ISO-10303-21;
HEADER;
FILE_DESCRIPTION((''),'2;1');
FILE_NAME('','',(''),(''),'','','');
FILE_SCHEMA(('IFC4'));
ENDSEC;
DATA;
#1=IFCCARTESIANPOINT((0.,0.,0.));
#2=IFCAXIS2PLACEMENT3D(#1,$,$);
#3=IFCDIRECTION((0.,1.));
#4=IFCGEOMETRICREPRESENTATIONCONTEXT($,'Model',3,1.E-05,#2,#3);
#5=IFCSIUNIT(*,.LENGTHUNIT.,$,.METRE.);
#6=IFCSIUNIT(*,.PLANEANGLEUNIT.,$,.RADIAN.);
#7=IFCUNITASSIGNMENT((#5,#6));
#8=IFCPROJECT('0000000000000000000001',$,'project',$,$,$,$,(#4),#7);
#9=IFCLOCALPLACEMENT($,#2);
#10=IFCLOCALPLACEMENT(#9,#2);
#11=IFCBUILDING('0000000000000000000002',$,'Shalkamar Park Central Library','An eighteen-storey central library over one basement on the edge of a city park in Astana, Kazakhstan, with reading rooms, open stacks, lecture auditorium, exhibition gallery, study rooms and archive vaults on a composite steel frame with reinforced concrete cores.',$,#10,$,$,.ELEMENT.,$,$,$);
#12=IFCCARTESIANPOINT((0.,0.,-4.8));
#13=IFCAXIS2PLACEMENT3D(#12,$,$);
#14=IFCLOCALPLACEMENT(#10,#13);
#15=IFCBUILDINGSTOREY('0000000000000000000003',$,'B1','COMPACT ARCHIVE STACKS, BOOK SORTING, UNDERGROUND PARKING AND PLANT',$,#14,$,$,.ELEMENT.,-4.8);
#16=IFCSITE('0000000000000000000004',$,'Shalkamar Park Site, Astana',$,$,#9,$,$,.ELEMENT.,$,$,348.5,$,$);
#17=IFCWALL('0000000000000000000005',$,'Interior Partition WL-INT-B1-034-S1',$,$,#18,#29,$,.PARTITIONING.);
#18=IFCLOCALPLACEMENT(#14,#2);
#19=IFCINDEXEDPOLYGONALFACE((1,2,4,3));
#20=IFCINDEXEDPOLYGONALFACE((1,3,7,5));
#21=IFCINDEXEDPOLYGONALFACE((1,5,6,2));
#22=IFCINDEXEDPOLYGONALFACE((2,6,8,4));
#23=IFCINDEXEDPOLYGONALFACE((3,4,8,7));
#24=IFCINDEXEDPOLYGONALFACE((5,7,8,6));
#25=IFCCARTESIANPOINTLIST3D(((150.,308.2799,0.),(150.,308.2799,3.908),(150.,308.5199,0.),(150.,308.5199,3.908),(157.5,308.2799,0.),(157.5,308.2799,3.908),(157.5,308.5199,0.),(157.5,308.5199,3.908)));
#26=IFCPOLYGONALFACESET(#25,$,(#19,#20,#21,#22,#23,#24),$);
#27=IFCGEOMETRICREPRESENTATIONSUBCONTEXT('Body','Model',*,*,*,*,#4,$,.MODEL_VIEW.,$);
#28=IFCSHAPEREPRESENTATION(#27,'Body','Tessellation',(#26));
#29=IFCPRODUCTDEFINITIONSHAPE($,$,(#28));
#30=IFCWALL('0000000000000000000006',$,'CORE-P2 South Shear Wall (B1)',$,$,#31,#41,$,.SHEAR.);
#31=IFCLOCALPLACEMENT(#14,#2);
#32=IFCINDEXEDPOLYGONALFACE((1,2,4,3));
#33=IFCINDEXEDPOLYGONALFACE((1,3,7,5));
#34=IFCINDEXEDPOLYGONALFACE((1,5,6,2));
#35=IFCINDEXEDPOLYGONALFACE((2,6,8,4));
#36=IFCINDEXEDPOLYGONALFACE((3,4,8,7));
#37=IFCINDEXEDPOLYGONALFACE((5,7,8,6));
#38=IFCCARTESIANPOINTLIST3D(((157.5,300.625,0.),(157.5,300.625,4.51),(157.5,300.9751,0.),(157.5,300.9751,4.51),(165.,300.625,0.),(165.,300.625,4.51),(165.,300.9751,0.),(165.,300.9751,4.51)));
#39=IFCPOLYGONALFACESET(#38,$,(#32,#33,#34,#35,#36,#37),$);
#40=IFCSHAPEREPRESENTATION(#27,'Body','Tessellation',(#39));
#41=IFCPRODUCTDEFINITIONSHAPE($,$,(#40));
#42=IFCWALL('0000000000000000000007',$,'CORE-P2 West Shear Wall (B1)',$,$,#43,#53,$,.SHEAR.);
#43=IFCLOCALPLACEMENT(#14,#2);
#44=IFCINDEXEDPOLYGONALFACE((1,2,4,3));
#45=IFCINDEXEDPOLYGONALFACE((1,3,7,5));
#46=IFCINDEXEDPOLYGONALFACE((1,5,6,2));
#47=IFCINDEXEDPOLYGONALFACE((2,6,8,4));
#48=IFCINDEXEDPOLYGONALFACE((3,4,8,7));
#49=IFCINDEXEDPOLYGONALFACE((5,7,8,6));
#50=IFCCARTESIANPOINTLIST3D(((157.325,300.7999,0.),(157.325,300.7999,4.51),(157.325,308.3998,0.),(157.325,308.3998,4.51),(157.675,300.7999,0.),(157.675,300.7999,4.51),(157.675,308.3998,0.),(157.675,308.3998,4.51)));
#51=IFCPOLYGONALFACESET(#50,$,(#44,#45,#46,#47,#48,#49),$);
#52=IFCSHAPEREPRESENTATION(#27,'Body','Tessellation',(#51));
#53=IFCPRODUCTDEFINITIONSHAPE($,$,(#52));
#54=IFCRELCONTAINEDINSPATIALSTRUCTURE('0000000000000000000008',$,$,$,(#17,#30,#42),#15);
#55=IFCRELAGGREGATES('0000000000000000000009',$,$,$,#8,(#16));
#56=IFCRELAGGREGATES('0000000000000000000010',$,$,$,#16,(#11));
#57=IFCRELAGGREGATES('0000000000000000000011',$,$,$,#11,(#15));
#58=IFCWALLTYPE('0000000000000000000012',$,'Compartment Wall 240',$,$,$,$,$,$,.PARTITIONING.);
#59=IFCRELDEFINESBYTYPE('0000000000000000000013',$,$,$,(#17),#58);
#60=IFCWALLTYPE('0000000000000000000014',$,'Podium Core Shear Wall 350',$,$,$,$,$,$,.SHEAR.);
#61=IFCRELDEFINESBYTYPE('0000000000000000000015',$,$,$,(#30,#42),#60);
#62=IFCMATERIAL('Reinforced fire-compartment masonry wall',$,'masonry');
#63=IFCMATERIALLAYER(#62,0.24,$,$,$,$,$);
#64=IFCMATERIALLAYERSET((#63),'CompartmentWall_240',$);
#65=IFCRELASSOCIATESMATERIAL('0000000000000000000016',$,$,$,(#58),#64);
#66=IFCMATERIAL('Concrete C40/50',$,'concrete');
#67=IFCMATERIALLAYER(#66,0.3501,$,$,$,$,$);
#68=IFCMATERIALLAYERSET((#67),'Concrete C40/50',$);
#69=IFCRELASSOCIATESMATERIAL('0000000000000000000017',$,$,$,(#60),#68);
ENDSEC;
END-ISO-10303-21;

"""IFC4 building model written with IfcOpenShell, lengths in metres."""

from ifc_helpers import new_model, si_unit, direction, frame, frame_2d, origin, place, context, subcontext, project, spatial, rectangle, extrude, material, layer, layer_set, type_object, element, save


model = new_model("IFC4")

# Units and contexts
model_context = context("Model", 3, precision=1e-05, world=origin(), true_north=direction((0.0, 1.0)))
body_context = subcontext(model_context, "Body", "Model", "MODEL_VIEW")
ifc_project = project(units=[si_unit("LENGTHUNIT", "METRE"), si_unit("PLANEANGLEUNIT", "RADIAN")], contexts=[model_context])

# Site, building, storey
site_placement = place(None, origin())
site = spatial("IfcSite", under=ifc_project, at=site_placement, Name="Shalkamar Park Site, Astana", CompositionType="ELEMENT", RefElevation=348.5)
building_placement = place(site_placement, origin())
building = spatial("IfcBuilding", under=site, at=building_placement, Name="Shalkamar Park Central Library", Description="An eighteen-storey central library over one basement on the edge of a city park in Astana, Kazakhstan, with reading rooms, open stacks, lecture auditorium, exhibition gallery, study rooms and archive vaults on a composite steel frame with reinforced concrete cores.", CompositionType="ELEMENT")
storey_placement = place(building_placement, frame((0.0, 0.0, -4.8)))
storey = spatial("IfcBuildingStorey", under=building, at=storey_placement, Name="B1", Description="COMPACT ARCHIVE STACKS, BOOK SORTING, UNDERGROUND PARKING AND PLANT", CompositionType="ELEMENT", Elevation=-4.8)

# Shared definitions
ifc_material_1 = material(Name="Concrete C40/50", Category="concrete")

# Walls
ifc_material_2 = material(Name="Reinforced fire-compartment masonry wall", Category="masonry")
ifc_layer_1 = layer(ifc_material_2, 0.24)
ifc_layer_set_1 = layer_set([ifc_layer_1], Name="CompartmentWall_240")
wall_type_1 = type_object("IfcWallType", Name="Compartment Wall 240", PredefinedType="PARTITIONING", material=ifc_layer_set_1)
wall_1_placement = place(storey_placement, frame((150.0, 308.3999, 0.0), z_axis=(0.0, 0.0, 1.0), x_axis=(1.0, 0.0, 0.0)))
element("IfcWall", 1, at=wall_1_placement, inside=storey, type_object=wall_type_1, Name="Interior Partition WL-INT-B1-034-S1", PredefinedType="PARTITIONING", context=body_context, shape_type="SweptSolid", body=[
    extrude(rectangle(XDim=7.5, YDim=0.24, at=frame_2d((3.75, 0.0))), origin(), (0.0, 0.0, 1.0), 3.908),
])
ifc_layer_2 = layer(ifc_material_1, 0.3501)
ifc_layer_set_2 = layer_set([ifc_layer_2], Name="Concrete C40/50")
wall_type_2 = type_object("IfcWallType", Name="Podium Core Shear Wall 350", PredefinedType="SHEAR", material=ifc_layer_set_2)
wall_2_placement = place(storey_placement, frame((157.5, 300.8, 0.0), z_axis=(0.0, 0.0, 1.0), x_axis=(1.0, 0.0, 0.0)))
element("IfcWall", 2, at=wall_2_placement, inside=storey, type_object=wall_type_2, Name="CORE-P2 South Shear Wall (B1)", PredefinedType="SHEAR", context=body_context, shape_type="SweptSolid", body=[
    extrude(rectangle(XDim=7.5, YDim=0.3501, at=frame_2d((3.75, 0.0))), origin(), (0.0, 0.0, 1.0), 4.51),
])
wall_3_placement = place(storey_placement, frame((157.5, 300.8, 0.0), z_axis=(0.0, 0.0, 1.0), x_axis=(0.0, 1.0, 0.0)))
element("IfcWall", 3, at=wall_3_placement, inside=storey, type_object=wall_type_2, Name="CORE-P2 West Shear Wall (B1)", PredefinedType="SHEAR", context=body_context, shape_type="SweptSolid", body=[
    extrude(rectangle(XDim=7.5999, YDim=0.3501, at=frame_2d((3.7998, 0.0))), origin(), (0.0, 0.0, 1.0), 4.51),
])

save(model, "model.ifc")
